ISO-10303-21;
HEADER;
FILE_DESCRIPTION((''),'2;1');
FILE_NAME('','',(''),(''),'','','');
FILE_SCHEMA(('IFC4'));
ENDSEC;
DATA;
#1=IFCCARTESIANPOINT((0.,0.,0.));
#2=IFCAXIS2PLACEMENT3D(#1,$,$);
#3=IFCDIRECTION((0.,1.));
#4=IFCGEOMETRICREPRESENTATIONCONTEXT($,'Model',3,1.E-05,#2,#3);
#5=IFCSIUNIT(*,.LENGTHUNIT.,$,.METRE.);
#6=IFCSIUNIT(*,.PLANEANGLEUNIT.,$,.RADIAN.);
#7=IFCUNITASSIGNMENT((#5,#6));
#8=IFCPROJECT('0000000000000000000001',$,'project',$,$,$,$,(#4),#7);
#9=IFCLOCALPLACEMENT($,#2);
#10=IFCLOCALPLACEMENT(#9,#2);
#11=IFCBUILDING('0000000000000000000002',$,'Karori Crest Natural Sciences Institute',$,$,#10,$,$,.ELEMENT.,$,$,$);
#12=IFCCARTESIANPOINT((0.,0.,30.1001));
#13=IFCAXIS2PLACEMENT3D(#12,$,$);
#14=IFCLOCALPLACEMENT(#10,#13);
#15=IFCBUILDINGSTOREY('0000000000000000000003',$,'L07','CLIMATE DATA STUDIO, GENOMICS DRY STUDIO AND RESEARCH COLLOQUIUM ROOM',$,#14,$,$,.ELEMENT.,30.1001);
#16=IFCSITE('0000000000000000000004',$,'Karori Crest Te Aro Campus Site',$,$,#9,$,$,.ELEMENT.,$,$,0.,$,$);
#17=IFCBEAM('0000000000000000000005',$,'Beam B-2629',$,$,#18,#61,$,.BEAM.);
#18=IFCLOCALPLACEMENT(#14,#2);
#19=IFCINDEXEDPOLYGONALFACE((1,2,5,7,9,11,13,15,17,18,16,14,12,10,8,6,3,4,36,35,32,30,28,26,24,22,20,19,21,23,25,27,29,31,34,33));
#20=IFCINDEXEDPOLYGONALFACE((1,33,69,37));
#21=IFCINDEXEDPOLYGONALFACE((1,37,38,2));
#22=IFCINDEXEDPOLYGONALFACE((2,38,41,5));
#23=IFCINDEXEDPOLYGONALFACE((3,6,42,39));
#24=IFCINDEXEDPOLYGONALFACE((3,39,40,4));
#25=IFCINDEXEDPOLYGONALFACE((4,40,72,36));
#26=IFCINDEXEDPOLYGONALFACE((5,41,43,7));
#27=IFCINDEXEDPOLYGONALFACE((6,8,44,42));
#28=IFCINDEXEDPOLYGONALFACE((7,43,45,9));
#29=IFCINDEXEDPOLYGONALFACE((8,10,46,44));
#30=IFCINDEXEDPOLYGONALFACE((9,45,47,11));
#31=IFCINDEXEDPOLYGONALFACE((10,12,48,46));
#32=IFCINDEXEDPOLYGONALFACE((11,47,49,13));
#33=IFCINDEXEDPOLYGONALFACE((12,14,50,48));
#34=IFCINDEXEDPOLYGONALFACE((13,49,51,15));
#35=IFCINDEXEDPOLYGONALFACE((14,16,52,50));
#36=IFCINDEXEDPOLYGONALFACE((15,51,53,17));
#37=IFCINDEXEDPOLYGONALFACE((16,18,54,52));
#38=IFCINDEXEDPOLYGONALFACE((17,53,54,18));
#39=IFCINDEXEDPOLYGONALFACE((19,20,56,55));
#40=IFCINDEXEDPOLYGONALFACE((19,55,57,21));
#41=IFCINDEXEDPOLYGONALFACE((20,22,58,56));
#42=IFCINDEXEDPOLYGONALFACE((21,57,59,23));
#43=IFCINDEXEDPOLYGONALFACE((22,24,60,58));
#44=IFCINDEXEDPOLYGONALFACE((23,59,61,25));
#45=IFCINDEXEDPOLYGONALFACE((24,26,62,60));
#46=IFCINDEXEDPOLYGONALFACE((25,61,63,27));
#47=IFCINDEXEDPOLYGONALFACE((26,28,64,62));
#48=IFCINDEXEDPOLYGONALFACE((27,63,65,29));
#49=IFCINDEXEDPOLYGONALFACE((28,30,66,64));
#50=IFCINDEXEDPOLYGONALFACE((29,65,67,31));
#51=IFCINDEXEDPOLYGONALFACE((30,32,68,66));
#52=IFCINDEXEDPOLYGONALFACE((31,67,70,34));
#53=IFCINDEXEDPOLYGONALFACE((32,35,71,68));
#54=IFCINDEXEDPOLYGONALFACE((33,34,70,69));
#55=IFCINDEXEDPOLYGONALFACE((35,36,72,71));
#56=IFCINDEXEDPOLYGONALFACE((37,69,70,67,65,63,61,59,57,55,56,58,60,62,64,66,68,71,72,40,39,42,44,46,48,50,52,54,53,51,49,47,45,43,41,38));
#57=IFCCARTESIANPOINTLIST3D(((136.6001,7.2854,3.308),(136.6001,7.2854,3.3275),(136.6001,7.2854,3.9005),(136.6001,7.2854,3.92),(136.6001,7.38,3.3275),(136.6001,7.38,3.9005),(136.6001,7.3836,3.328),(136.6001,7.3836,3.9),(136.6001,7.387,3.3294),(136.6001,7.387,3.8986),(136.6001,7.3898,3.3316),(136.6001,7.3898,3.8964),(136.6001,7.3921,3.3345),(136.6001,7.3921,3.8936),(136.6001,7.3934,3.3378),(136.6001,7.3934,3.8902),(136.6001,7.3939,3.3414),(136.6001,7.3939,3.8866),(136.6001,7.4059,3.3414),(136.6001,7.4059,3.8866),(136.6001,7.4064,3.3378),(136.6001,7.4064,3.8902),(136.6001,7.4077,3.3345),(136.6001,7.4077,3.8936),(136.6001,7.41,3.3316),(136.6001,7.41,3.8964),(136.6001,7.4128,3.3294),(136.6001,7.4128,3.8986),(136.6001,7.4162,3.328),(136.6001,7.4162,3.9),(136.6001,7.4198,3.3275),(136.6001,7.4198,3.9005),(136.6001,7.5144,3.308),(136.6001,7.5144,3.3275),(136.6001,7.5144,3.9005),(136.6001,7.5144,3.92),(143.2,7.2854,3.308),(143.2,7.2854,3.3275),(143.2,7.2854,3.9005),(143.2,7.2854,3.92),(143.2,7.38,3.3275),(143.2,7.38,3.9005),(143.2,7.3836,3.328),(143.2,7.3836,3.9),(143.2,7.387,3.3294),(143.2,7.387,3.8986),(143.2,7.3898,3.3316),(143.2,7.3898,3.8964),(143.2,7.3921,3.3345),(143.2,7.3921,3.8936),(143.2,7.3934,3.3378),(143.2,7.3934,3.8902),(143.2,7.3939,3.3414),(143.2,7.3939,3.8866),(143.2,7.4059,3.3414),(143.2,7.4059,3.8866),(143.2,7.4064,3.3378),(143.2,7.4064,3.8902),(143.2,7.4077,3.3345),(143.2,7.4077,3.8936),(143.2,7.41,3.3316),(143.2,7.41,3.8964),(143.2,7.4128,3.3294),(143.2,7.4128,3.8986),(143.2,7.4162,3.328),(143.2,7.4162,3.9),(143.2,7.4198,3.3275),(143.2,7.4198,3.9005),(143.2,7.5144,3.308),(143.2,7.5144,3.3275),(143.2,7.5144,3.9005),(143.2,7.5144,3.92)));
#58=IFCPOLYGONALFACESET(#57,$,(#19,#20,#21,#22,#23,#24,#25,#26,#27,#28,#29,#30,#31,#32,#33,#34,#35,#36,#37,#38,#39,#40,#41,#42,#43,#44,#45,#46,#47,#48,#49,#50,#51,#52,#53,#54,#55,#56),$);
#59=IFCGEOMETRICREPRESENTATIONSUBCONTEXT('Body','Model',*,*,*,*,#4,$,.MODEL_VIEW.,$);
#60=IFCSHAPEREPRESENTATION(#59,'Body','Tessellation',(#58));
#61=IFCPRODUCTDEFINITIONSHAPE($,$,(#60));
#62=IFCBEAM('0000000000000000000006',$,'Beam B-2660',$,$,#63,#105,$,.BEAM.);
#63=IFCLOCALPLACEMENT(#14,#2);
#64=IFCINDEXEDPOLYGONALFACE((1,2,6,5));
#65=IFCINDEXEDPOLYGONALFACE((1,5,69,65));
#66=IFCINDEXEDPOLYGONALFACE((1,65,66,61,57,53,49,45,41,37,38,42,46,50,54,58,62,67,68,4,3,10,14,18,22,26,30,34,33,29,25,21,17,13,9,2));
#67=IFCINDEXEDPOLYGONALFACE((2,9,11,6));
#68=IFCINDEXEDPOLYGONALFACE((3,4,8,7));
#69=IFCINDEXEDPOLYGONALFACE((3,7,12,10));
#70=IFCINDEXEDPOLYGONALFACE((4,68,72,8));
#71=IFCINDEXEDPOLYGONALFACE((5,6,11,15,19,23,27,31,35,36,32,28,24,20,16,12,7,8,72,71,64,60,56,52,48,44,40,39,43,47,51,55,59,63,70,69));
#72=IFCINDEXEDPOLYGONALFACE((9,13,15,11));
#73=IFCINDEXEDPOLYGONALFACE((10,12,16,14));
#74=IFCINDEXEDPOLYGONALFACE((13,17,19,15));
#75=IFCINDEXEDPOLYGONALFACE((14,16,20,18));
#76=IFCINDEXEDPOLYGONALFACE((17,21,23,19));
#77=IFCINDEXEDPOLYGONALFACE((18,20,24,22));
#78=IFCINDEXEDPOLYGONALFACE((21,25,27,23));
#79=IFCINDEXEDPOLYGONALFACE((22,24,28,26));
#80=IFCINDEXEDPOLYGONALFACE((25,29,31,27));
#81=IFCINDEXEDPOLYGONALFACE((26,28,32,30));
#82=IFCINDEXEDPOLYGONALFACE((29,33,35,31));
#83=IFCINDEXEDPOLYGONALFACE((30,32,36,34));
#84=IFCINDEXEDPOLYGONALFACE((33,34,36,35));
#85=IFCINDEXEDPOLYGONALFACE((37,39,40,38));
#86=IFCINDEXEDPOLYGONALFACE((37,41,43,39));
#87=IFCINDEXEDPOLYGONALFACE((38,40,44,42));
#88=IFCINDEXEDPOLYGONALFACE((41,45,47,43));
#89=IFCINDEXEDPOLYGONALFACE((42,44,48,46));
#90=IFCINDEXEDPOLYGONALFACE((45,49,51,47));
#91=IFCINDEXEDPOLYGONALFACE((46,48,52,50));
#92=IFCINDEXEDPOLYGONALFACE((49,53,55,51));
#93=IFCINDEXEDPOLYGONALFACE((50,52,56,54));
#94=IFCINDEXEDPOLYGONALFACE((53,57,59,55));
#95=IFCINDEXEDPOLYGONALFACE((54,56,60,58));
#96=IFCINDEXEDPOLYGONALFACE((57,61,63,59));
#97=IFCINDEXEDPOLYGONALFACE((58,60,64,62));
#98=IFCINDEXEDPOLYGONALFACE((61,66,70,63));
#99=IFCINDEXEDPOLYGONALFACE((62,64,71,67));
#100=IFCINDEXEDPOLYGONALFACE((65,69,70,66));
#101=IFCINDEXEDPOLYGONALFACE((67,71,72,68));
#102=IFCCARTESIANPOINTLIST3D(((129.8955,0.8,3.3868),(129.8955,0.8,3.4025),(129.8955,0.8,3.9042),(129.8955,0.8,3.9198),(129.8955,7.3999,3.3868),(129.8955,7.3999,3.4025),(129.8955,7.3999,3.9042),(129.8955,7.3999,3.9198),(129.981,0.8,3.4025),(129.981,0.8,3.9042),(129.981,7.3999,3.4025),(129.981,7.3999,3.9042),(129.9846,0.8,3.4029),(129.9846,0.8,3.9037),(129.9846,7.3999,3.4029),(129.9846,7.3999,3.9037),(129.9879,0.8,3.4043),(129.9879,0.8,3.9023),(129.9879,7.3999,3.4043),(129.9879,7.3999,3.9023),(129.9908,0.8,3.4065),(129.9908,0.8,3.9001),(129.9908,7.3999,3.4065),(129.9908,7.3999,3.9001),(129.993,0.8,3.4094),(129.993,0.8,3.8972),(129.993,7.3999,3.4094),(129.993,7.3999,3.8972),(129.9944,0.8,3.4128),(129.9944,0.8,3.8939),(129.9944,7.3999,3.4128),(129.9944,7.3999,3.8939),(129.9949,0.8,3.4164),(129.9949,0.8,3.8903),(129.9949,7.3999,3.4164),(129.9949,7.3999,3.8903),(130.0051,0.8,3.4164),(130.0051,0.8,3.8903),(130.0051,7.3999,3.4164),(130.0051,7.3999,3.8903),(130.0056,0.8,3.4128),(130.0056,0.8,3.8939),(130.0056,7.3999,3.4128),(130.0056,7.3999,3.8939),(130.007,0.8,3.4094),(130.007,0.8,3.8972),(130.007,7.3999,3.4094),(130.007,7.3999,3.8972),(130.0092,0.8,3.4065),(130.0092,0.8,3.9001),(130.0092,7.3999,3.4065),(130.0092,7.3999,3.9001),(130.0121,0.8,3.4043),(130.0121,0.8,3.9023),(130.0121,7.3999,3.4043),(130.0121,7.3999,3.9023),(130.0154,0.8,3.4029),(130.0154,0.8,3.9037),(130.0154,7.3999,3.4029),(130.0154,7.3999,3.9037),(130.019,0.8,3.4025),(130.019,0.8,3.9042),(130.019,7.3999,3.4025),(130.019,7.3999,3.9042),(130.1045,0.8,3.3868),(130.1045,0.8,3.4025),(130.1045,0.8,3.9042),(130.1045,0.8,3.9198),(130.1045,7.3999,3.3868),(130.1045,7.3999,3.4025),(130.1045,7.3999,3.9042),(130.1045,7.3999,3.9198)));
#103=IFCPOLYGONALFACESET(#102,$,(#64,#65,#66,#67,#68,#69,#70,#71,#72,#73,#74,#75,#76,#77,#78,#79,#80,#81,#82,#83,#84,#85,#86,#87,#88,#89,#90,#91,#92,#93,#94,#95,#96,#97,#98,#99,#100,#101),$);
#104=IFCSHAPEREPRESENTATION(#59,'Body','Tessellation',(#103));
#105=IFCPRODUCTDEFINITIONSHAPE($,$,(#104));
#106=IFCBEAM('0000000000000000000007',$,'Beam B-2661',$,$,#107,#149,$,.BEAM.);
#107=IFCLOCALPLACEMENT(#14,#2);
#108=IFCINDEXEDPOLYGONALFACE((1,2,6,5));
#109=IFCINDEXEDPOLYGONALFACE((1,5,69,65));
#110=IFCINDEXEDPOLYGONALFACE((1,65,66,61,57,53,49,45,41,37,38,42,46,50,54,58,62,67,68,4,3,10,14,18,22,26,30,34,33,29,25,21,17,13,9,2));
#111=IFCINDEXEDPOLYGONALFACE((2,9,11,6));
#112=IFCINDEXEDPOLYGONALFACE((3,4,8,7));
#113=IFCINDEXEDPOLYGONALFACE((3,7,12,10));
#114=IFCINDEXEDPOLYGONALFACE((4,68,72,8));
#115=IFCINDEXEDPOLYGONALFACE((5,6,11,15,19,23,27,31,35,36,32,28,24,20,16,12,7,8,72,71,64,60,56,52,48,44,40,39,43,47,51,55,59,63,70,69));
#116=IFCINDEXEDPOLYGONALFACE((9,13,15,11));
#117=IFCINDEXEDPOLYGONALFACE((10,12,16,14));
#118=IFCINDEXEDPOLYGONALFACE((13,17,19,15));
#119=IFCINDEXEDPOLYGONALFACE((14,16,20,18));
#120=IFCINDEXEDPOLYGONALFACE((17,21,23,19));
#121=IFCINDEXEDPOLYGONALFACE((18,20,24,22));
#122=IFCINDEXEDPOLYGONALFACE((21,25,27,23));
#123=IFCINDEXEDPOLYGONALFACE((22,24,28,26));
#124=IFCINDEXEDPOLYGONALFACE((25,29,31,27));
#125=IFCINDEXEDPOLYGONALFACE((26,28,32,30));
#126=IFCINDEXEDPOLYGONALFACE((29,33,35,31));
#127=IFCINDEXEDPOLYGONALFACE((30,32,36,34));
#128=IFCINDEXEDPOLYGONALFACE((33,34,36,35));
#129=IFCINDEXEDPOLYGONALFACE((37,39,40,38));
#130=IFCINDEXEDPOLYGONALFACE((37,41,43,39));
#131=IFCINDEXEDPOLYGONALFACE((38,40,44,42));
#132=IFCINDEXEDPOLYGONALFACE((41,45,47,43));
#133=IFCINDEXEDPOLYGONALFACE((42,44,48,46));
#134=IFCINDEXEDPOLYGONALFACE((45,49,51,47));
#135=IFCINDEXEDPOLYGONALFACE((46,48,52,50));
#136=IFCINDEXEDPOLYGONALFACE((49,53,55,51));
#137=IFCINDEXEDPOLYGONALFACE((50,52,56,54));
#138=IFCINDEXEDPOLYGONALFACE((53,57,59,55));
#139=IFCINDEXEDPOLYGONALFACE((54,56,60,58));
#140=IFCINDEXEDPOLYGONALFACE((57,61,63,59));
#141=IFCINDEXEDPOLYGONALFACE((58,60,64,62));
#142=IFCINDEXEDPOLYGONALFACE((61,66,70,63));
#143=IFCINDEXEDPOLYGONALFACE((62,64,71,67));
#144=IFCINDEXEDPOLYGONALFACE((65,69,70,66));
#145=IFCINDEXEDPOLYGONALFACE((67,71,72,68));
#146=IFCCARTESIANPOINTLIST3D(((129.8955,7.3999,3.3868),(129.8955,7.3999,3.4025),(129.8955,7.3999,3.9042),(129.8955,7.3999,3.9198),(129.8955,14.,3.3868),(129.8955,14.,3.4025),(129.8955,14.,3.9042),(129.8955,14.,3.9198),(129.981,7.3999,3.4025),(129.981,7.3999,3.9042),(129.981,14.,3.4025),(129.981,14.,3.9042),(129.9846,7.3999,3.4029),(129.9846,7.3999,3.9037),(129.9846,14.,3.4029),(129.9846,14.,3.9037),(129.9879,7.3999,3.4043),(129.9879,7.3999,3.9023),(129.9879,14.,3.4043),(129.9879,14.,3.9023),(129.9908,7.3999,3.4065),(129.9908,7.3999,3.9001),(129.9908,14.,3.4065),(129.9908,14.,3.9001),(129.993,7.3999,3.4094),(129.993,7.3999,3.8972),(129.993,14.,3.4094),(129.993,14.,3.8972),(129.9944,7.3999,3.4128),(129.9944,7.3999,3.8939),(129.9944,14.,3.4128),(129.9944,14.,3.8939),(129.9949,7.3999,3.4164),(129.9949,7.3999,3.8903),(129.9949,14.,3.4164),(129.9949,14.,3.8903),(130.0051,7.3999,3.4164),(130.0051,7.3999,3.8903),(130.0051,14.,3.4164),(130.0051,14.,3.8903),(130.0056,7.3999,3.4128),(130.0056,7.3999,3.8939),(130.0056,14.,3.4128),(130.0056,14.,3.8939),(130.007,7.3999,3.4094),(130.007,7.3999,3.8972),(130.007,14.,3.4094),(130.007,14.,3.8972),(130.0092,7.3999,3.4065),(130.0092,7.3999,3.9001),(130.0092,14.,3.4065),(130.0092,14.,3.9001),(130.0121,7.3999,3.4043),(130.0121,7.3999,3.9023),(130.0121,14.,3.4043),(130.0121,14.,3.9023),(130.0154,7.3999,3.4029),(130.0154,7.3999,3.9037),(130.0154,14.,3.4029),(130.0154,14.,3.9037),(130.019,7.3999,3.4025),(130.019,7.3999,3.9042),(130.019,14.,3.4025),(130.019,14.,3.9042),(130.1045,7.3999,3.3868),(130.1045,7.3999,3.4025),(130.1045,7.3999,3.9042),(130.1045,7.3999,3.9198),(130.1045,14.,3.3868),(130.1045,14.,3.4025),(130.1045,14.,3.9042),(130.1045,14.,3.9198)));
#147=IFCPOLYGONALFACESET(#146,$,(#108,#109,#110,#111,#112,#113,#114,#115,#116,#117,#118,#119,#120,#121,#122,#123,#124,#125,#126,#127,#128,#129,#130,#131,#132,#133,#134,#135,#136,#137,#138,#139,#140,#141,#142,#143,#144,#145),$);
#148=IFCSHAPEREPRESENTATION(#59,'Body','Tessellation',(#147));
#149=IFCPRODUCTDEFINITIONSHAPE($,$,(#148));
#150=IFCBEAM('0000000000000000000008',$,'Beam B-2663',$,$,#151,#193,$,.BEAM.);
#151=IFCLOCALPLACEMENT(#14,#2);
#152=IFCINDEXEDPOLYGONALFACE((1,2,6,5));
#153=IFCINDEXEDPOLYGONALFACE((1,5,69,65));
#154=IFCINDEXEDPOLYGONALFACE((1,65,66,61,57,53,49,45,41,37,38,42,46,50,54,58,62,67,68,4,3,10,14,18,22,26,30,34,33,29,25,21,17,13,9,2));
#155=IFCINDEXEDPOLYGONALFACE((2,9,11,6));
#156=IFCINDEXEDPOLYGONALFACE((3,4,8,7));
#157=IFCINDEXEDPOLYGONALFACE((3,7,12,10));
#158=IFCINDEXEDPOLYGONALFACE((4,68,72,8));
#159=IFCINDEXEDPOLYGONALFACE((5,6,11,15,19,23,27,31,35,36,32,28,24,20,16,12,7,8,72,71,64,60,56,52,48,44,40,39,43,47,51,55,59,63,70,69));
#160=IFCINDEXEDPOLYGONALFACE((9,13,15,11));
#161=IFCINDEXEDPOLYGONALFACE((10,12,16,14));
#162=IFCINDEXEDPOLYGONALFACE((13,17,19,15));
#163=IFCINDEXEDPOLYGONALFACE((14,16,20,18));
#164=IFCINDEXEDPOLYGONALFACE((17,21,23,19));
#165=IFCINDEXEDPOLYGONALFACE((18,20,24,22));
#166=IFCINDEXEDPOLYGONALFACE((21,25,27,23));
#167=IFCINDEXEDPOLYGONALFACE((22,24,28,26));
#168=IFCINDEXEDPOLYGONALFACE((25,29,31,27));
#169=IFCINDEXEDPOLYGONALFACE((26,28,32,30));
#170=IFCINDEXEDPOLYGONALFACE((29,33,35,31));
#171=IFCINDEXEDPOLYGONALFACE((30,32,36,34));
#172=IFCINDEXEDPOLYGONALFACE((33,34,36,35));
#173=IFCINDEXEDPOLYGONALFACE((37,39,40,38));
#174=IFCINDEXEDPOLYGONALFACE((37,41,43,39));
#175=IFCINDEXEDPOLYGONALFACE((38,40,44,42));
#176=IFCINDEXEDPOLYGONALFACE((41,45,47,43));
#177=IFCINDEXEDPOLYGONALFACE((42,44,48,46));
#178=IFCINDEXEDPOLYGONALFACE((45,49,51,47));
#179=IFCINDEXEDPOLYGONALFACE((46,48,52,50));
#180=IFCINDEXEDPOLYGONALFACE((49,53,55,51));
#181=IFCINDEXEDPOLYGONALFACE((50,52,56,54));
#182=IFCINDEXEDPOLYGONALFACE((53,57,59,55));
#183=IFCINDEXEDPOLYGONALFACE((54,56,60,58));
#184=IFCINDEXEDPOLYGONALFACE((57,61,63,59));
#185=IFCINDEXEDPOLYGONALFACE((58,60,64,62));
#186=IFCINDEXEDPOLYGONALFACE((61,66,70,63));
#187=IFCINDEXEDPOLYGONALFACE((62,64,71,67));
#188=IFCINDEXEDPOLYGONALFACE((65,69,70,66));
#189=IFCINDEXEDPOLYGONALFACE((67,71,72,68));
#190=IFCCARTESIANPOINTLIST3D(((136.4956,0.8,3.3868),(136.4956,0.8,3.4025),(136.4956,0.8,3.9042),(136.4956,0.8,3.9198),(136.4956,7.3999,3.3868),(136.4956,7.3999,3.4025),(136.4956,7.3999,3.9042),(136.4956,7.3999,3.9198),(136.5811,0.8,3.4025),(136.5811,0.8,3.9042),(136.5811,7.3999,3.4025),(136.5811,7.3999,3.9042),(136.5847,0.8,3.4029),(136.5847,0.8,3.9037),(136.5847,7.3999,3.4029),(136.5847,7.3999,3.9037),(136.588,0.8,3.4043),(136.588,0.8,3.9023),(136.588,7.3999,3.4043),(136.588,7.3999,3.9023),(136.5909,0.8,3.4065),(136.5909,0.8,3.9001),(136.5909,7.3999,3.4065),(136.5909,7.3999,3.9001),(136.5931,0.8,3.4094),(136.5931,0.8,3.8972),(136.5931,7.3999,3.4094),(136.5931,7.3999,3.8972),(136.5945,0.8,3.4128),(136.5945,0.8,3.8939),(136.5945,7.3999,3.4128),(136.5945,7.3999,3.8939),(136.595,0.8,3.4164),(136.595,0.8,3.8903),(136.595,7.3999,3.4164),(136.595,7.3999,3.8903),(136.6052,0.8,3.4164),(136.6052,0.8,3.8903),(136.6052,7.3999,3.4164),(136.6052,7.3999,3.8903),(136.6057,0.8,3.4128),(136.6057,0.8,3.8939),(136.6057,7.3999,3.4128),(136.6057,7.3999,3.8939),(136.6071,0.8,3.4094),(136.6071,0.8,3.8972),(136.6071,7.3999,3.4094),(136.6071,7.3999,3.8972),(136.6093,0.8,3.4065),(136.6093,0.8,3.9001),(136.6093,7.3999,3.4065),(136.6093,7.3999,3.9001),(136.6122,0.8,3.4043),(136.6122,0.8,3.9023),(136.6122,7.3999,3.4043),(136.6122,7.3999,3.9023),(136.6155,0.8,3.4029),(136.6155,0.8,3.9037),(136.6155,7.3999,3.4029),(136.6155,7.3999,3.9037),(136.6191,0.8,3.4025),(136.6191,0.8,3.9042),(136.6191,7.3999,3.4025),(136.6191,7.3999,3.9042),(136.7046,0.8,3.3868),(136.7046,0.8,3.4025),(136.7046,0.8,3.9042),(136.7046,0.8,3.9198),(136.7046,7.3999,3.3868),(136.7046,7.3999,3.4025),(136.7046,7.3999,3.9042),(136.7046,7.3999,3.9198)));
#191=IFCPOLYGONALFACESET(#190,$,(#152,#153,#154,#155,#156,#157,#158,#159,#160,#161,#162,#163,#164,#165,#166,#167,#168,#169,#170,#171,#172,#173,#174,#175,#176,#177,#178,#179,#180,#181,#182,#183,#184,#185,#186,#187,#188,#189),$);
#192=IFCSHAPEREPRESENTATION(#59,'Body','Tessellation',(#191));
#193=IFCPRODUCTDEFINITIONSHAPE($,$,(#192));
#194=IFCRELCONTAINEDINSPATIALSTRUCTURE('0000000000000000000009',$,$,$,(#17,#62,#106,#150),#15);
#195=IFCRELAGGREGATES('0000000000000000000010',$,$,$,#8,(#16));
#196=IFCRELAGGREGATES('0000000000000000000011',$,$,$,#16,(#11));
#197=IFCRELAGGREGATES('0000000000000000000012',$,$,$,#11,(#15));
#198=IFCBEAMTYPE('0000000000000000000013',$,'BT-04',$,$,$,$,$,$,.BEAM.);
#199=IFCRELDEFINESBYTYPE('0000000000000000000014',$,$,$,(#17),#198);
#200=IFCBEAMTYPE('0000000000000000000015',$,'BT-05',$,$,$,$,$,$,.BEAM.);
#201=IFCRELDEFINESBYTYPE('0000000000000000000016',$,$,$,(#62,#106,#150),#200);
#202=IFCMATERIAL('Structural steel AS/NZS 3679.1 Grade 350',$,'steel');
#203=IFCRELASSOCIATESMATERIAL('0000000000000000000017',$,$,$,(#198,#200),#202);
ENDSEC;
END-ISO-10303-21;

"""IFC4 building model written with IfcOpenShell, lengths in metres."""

from ifc_helpers import new_model, si_unit, direction, frame, origin, origin_2d, place, context, subcontext, project, spatial, i_section, extrude, material, material_profile, profile_set, type_object, element, save


model = new_model("IFC4")

# Units and contexts
model_context = context("Model", 3, precision=1e-05, world=origin(), true_north=direction((0.0, 1.0)))
body_context = subcontext(model_context, "Body", "Model", "MODEL_VIEW")
ifc_project = project(units=[si_unit("LENGTHUNIT", "METRE"), si_unit("PLANEANGLEUNIT", "RADIAN")], contexts=[model_context])

# Site, building, storey
site_placement = place(None, origin())
site = spatial("IfcSite", under=ifc_project, at=site_placement, Name="Karori Crest Te Aro Campus Site", CompositionType="ELEMENT", RefElevation=0.0)
building_placement = place(site_placement, origin())
building = spatial("IfcBuilding", under=site, at=building_placement, Name="Karori Crest Natural Sciences Institute", CompositionType="ELEMENT")
storey_placement = place(building_placement, frame((0.0, 0.0, 30.1001)))
storey = spatial("IfcBuildingStorey", under=building, at=storey_placement, Name="L07", Description="CLIMATE DATA STUDIO, GENOMICS DRY STUDIO AND RESEARCH COLLOQUIUM ROOM", CompositionType="ELEMENT", Elevation=30.1001)

# Shared definitions
ifc_material_1 = material(Name="Structural steel AS/NZS 3679.1 Grade 350", Category="steel")

# Beams
ifc_material_profile_1 = material_profile(ifc_material_1, i_section(OverallWidth=0.229, OverallDepth=0.6121, WebThickness=0.012, FlangeThickness=0.0195, FilletRadius=0.0139, at=origin_2d()), Name="610UB125")
ifc_profile_set_1 = profile_set([ifc_material_profile_1], Name="Structural steel AS/NZS 3679.1 Grade 350")
beam_type_1 = type_object("IfcBeamType", Name="BT-04", PredefinedType="BEAM", material=ifc_profile_set_1)
beam_1_placement = place(storey_placement, frame((136.6001, 7.3999, 3.614), z_axis=(1.0, 0.0, 0.0), x_axis=(0.0, 1.0, 0.0)))
element("IfcBeam", 1, at=beam_1_placement, inside=storey, type_object=beam_type_1, Name="Beam B-2629", PredefinedType="BEAM", context=body_context, shape_type="SweptSolid", body=[
    extrude(i_section(OverallWidth=0.229, OverallDepth=0.6121, WebThickness=0.012, FlangeThickness=0.0195, FilletRadius=0.0139, at=origin_2d()), origin(), (0.0, 0.0, 1.0), 6.5999),
])
ifc_material_profile_2 = material_profile(ifc_material_1, i_section(OverallWidth=0.209, OverallDepth=0.533, WebThickness=0.0103, FlangeThickness=0.0156, FilletRadius=0.0139, at=origin_2d()), Name="530UB92.4")
ifc_profile_set_2 = profile_set([ifc_material_profile_2], Name="Structural steel AS/NZS 3679.1 Grade 350")
beam_type_2 = type_object("IfcBeamType", Name="BT-05", PredefinedType="BEAM", material=ifc_profile_set_2)
beam_2_placement = place(storey_placement, frame((130.0, 0.8, 3.6533), z_axis=(0.0, 1.0, 0.0), x_axis=(-1.0, 0.0, 0.0)))
element("IfcBeam", 2, at=beam_2_placement, inside=storey, type_object=beam_type_2, Name="Beam B-2660", PredefinedType="BEAM", context=body_context, shape_type="SweptSolid", body=[
    extrude(i_section(OverallWidth=0.209, OverallDepth=0.533, WebThickness=0.0103, FlangeThickness=0.0156, FilletRadius=0.0139, at=origin_2d()), origin(), (0.0, 0.0, 1.0), 6.5999),
])
beam_3_placement = place(storey_placement, frame((130.0, 7.3999, 3.6533), z_axis=(0.0, 1.0, 0.0), x_axis=(-1.0, 0.0, 0.0)))
element("IfcBeam", 3, at=beam_3_placement, inside=storey, type_object=beam_type_2, Name="Beam B-2661", PredefinedType="BEAM", context=body_context, shape_type="SweptSolid", body=[
    extrude(i_section(OverallWidth=0.209, OverallDepth=0.533, WebThickness=0.0103, FlangeThickness=0.0156, FilletRadius=0.0139, at=origin_2d()), origin(), (0.0, 0.0, 1.0), 6.6001),
])
beam_4_placement = place(storey_placement, frame((136.6001, 0.8, 3.6533), z_axis=(0.0, 1.0, 0.0), x_axis=(-1.0, 0.0, 0.0)))
element("IfcBeam", 4, at=beam_4_placement, inside=storey, type_object=beam_type_2, Name="Beam B-2663", PredefinedType="BEAM", context=body_context, shape_type="SweptSolid", body=[
    extrude(i_section(OverallWidth=0.209, OverallDepth=0.533, WebThickness=0.0103, FlangeThickness=0.0156, FilletRadius=0.0139, at=origin_2d()), origin(), (0.0, 0.0, 1.0), 6.5999),
])

save(model, "model.ifc")
